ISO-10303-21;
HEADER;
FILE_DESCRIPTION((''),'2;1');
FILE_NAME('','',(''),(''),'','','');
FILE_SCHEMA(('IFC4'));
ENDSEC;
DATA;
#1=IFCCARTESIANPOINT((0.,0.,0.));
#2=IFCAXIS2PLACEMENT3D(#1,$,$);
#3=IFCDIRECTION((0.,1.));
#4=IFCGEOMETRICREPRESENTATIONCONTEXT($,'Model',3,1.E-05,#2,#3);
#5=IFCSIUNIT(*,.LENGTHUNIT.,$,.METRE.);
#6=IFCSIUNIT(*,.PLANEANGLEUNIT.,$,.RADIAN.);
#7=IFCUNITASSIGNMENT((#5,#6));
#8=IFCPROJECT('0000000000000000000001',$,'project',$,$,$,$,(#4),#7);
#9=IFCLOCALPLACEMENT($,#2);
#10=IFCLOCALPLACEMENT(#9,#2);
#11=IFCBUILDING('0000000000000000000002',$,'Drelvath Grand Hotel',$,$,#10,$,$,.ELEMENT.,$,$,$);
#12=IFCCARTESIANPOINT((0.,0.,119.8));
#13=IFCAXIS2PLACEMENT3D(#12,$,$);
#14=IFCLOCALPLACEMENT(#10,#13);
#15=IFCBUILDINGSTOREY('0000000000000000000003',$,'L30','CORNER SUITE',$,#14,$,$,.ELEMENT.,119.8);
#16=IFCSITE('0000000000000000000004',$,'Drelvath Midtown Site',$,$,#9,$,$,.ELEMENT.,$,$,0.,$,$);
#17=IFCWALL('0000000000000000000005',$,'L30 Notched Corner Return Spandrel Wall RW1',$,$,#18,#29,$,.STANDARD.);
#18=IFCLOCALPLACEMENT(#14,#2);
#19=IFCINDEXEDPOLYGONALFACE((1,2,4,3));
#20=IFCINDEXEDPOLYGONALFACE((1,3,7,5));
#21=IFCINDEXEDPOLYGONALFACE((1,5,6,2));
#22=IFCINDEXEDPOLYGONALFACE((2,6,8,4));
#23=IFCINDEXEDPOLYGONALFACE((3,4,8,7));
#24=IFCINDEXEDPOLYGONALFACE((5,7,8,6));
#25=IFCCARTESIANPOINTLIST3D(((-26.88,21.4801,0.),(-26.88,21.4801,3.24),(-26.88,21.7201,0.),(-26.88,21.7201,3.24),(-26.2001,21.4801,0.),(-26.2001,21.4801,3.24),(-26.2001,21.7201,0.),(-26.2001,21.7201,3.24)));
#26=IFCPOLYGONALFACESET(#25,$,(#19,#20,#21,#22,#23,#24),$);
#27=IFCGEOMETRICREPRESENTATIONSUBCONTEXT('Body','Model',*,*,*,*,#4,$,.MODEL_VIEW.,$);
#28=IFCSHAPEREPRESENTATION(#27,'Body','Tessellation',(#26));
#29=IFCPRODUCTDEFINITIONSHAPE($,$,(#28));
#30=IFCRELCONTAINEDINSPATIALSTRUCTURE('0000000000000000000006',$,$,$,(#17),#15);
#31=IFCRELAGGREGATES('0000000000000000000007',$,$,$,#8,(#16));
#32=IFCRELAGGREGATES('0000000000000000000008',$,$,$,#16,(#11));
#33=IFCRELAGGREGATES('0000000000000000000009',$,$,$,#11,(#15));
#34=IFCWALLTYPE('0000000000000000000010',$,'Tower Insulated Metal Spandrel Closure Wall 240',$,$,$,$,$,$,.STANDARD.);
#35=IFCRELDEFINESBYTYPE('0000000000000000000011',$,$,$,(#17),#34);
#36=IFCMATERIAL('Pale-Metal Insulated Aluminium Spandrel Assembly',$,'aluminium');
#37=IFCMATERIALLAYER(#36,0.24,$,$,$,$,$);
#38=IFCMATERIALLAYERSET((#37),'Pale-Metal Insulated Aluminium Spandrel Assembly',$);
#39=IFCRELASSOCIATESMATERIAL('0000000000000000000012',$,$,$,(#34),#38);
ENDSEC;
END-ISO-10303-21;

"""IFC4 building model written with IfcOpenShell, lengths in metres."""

from ifc_helpers import new_model, si_unit, direction, frame, frame_2d, origin, place, context, subcontext, project, spatial, rectangle, extrude, material, layer, layer_set, type_object, element, save


model = new_model("IFC4")

# Units and contexts
model_context = context("Model", 3, precision=1e-05, world=origin(), true_north=direction((0.0, 1.0)))
body_context = subcontext(model_context, "Body", "Model", "MODEL_VIEW")
ifc_project = project(units=[si_unit("LENGTHUNIT", "METRE"), si_unit("PLANEANGLEUNIT", "RADIAN")], contexts=[model_context])

# Site, building, storey
site_placement = place(None, origin())
site = spatial("IfcSite", under=ifc_project, at=site_placement, Name="Drelvath Midtown Site", CompositionType="ELEMENT", RefElevation=0.0)
building_placement = place(site_placement, origin())
building = spatial("IfcBuilding", under=site, at=building_placement, Name="Drelvath Grand Hotel", CompositionType="ELEMENT")
storey_placement = place(building_placement, frame((0.0, 0.0, 119.8)))
storey = spatial("IfcBuildingStorey", under=building, at=storey_placement, Name="L30", Description="CORNER SUITE", CompositionType="ELEMENT", Elevation=119.8)

# Wall
ifc_material_1 = material(Name="Pale-Metal Insulated Aluminium Spandrel Assembly", Category="aluminium")
ifc_layer_1 = layer(ifc_material_1, 0.24)
ifc_layer_set_1 = layer_set([ifc_layer_1], Name="Pale-Metal Insulated Aluminium Spandrel Assembly")
wall_type_1 = type_object("IfcWallType", Name="Tower Insulated Metal Spandrel Closure Wall 240", PredefinedType="STANDARD", material=ifc_layer_set_1)
wall_1_placement = place(storey_placement, frame((-26.8799, 21.6001, 0.0), z_axis=(0.0, 0.0, 1.0), x_axis=(1.0, 0.0, 0.0)))
element("IfcWall", 1, at=wall_1_placement, inside=storey, type_object=wall_type_1, Name="L30 Notched Corner Return Spandrel Wall RW1", PredefinedType="STANDARD", context=body_context, shape_type="SweptSolid", body=[
    extrude(rectangle(XDim=0.6799, YDim=0.24, at=frame_2d((0.3398, 0.0))), origin(), (0.0, 0.0, 1.0), 3.24),
])

save(model, "model.ifc")
